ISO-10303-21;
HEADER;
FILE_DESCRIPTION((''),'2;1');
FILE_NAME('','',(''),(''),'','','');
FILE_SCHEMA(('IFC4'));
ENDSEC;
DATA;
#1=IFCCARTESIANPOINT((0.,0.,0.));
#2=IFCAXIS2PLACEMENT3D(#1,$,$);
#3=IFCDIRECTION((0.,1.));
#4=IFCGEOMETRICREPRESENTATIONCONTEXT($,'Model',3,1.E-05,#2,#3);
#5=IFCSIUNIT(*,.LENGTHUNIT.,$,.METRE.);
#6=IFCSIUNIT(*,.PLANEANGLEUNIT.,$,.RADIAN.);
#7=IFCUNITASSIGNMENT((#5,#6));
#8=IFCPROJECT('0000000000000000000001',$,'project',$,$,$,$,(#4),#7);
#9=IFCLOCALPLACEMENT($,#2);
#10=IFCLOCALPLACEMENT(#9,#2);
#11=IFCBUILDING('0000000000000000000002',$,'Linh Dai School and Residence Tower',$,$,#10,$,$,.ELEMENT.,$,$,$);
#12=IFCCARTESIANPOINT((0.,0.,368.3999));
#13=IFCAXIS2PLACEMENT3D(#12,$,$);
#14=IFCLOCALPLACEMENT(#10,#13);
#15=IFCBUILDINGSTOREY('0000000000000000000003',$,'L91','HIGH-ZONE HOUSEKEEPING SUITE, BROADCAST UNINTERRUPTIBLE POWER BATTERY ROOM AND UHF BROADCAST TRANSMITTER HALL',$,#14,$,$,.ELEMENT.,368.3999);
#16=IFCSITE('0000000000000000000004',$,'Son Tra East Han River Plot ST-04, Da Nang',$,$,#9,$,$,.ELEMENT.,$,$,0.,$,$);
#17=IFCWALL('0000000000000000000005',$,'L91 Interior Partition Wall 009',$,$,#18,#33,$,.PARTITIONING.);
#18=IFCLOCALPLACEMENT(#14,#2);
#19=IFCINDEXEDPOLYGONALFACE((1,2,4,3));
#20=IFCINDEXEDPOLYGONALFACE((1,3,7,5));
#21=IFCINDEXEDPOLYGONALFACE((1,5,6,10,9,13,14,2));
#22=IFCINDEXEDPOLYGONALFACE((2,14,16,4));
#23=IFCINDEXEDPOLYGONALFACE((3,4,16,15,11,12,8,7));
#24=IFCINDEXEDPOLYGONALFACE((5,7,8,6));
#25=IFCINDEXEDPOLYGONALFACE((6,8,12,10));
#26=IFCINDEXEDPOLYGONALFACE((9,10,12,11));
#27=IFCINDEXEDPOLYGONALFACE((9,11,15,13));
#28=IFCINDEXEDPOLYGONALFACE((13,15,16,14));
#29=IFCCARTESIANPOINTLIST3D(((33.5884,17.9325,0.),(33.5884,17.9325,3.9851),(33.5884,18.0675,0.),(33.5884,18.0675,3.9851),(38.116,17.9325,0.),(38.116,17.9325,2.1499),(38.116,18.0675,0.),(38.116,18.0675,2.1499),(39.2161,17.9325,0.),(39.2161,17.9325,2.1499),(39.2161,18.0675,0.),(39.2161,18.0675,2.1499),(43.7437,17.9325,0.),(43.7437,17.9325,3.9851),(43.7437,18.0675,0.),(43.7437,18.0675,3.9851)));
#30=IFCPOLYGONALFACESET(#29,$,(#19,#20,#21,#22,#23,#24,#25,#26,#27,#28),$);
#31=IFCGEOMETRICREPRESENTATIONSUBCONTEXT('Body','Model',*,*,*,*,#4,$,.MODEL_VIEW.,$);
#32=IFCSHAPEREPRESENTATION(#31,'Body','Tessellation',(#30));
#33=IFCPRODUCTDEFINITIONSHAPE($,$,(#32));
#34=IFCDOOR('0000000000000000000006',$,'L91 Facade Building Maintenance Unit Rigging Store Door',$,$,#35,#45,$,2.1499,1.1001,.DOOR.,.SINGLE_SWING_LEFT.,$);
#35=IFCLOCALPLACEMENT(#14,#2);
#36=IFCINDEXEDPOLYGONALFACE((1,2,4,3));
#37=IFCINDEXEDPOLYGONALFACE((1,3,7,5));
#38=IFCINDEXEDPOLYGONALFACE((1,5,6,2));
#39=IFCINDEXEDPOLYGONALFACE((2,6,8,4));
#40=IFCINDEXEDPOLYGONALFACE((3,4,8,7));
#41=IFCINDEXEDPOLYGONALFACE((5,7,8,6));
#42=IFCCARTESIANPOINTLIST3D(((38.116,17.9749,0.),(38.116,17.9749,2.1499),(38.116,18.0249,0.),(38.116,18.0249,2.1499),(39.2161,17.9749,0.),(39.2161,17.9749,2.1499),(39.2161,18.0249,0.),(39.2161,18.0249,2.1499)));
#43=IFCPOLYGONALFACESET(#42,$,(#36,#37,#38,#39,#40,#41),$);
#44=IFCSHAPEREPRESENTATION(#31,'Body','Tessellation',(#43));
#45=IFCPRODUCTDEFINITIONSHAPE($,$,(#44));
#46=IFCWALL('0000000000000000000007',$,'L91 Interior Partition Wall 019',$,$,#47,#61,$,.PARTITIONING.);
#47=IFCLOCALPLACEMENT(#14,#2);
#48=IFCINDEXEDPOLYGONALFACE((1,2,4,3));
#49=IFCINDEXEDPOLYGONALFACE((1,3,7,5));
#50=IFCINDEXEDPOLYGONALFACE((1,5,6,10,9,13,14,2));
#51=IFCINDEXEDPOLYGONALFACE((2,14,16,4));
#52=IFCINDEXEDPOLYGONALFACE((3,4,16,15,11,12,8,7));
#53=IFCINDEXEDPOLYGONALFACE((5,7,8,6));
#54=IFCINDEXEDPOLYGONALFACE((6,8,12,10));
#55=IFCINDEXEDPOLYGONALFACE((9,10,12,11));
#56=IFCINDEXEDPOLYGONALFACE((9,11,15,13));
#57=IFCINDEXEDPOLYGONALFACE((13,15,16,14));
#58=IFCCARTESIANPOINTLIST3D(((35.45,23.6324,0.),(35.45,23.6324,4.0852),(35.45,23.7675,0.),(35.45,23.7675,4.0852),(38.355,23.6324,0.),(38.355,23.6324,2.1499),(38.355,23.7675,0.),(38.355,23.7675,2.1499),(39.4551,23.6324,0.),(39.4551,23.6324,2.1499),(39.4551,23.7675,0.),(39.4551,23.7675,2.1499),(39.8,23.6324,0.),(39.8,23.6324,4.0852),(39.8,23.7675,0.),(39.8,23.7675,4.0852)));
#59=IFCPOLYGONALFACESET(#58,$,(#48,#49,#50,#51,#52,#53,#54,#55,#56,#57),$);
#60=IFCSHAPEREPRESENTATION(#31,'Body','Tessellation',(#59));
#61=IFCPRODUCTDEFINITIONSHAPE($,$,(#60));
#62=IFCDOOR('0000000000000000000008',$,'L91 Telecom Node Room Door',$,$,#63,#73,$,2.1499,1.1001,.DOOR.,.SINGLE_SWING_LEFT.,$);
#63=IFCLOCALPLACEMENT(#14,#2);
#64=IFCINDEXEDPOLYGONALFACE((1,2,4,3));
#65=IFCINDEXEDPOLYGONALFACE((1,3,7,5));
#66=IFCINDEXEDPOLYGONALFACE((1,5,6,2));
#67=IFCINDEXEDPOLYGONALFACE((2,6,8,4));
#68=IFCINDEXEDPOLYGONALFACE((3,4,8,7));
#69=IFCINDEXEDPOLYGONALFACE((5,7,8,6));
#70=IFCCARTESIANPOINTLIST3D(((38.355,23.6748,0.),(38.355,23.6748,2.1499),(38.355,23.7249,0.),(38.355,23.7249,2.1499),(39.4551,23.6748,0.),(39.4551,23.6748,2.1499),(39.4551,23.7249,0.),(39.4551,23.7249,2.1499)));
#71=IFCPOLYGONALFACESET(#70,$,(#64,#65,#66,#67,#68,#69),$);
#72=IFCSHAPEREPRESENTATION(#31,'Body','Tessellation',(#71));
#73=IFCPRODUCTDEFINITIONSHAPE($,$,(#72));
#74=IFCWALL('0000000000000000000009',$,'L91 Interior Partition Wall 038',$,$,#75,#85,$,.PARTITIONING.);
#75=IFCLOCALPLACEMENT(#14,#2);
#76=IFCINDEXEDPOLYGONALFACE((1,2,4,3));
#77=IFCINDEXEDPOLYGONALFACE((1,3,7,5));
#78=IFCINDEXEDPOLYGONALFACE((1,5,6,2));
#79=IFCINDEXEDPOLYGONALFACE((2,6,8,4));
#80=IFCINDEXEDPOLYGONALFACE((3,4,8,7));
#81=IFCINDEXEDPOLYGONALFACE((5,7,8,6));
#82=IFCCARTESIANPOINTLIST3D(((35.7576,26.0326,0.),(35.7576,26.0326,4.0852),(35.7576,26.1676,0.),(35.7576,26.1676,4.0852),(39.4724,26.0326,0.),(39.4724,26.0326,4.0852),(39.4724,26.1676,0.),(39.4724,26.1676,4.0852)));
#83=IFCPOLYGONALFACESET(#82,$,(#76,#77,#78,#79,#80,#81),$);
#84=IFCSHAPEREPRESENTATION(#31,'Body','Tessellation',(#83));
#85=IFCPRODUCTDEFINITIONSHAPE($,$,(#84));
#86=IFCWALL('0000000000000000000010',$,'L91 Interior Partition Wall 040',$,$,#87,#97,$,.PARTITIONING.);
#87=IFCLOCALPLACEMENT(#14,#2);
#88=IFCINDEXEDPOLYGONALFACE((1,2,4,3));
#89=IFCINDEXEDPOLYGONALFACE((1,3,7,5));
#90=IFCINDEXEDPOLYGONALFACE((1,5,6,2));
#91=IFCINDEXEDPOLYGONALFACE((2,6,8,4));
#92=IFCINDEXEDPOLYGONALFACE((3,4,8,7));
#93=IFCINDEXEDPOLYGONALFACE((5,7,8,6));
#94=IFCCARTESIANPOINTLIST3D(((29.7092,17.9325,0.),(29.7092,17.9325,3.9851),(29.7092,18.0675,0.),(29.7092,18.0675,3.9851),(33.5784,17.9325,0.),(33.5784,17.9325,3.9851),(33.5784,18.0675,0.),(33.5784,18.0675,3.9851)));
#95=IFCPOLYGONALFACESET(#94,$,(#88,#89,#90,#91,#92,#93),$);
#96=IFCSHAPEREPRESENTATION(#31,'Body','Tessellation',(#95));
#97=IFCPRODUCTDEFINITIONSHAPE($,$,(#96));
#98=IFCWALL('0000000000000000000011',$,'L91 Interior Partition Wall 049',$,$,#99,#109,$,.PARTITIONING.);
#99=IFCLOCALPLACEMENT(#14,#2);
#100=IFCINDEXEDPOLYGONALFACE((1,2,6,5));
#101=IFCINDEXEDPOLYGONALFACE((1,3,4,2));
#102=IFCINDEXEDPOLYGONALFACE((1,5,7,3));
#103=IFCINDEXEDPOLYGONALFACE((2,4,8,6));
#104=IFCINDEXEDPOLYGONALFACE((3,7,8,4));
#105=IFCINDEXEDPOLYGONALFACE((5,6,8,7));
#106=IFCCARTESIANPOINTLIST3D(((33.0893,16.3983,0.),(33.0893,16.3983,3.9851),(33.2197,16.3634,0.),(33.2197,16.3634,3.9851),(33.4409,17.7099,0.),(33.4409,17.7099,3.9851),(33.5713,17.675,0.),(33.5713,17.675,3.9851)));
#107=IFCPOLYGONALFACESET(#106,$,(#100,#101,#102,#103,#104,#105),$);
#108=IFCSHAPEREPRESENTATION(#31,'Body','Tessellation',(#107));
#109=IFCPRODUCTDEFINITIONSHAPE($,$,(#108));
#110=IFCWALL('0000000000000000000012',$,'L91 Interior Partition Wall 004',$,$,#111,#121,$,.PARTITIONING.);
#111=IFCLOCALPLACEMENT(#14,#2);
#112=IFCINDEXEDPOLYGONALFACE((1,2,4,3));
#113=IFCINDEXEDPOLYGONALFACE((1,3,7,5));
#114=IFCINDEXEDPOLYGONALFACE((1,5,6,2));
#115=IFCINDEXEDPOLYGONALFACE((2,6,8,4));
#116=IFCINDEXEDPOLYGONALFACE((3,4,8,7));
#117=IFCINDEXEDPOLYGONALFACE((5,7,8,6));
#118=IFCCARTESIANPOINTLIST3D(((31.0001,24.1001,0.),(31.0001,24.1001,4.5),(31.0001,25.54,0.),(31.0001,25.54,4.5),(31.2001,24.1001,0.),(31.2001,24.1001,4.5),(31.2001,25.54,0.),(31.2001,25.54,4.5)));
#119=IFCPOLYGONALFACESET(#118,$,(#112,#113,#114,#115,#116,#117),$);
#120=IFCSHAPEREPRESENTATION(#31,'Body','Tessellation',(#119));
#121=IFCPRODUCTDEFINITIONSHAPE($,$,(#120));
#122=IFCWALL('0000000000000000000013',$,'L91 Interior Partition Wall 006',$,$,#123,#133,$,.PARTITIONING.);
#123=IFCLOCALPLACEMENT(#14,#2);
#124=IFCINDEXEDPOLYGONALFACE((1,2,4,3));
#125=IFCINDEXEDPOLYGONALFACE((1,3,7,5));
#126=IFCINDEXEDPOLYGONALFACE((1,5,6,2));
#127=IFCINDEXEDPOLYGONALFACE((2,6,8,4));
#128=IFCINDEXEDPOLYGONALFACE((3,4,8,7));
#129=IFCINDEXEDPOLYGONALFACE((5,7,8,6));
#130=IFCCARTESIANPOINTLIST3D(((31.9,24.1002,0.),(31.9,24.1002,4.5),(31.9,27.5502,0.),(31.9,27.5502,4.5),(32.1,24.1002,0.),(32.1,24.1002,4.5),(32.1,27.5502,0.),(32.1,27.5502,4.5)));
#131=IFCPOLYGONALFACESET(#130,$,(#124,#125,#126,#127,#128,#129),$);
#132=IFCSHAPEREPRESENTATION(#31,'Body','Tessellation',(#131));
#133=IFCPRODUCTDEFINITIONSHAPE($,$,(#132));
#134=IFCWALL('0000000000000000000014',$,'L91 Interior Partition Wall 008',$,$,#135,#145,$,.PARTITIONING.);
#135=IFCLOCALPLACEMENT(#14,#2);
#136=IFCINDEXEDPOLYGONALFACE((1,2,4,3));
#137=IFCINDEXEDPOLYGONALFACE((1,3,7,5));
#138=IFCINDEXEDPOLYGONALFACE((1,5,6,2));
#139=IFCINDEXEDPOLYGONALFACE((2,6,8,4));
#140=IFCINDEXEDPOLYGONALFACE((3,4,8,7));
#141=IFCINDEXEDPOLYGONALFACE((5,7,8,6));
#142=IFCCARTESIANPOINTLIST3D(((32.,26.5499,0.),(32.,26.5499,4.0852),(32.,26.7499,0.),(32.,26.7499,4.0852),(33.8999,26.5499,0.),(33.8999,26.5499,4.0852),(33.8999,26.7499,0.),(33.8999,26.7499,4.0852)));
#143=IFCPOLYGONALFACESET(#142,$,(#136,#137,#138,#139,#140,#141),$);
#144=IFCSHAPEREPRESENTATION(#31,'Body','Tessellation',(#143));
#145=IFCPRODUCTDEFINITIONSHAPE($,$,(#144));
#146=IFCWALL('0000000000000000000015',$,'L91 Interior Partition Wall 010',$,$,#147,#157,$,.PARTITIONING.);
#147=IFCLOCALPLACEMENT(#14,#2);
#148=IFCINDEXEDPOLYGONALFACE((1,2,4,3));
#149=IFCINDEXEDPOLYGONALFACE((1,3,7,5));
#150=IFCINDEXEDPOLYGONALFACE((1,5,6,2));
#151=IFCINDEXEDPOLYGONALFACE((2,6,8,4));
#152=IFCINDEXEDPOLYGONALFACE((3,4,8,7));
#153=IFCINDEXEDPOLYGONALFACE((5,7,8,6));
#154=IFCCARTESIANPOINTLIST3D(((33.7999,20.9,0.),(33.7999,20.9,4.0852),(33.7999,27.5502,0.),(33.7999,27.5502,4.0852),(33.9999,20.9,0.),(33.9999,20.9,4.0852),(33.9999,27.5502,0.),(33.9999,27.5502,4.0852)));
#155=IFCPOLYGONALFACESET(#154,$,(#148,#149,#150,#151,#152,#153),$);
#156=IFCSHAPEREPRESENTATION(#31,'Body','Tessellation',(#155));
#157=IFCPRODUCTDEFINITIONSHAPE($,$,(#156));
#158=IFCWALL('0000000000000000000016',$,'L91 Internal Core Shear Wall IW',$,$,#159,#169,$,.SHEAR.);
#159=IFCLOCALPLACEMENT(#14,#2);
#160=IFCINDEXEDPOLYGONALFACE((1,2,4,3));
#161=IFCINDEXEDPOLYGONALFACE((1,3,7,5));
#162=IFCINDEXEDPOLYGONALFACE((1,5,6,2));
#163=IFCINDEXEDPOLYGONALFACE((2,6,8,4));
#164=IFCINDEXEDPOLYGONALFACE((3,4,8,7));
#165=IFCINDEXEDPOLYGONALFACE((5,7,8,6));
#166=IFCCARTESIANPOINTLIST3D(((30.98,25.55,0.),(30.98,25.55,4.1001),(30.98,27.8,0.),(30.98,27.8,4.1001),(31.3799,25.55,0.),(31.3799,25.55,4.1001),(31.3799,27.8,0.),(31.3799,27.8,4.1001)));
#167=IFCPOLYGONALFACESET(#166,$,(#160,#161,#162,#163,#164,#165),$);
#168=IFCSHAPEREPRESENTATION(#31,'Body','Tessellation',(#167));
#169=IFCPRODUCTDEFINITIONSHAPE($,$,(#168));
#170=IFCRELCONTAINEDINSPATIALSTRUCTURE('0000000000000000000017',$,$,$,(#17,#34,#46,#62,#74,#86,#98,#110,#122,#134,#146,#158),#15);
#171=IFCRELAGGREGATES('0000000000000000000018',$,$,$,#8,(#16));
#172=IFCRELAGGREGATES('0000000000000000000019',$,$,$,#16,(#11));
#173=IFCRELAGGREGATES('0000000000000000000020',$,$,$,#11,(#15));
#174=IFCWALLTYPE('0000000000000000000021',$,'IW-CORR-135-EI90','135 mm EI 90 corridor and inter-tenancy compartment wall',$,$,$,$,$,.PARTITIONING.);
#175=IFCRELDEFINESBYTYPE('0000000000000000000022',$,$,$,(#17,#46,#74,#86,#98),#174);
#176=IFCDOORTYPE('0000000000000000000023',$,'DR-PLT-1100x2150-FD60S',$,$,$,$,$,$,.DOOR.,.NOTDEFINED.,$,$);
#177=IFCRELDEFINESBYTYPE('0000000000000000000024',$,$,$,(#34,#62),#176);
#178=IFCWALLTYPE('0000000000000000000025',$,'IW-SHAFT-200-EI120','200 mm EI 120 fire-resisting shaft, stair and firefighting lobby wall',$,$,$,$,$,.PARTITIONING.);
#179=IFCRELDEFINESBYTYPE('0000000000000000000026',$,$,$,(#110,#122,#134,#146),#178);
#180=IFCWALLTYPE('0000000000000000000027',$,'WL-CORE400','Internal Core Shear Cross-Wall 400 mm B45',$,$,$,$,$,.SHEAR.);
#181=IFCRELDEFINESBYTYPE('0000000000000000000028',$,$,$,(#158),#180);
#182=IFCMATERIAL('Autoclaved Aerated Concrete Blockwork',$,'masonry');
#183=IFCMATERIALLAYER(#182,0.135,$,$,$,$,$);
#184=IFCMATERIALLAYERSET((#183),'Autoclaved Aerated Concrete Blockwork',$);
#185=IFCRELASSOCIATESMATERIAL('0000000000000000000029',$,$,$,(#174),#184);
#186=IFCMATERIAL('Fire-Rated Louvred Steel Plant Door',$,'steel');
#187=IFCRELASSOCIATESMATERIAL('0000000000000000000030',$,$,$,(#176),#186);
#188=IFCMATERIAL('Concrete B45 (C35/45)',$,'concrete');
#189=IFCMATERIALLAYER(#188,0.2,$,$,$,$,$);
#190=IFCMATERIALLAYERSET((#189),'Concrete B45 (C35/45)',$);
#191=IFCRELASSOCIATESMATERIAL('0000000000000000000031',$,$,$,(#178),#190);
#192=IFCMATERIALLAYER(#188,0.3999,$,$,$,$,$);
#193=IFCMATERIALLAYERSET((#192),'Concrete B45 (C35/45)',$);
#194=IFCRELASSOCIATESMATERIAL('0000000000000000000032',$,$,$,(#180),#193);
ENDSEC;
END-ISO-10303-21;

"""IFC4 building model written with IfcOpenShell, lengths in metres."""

from ifc_helpers import new_model, si_unit, direction, frame, frame_2d, origin, origin_2d, place, context, subcontext, project, spatial, rectangle, extrude, source, transform, mapped, material, layer, layer_set, type_object, element, fill, save


model = new_model("IFC4")

# Units and contexts
model_context = context("Model", 3, precision=1e-05, world=origin(), true_north=direction((0.0, 1.0)))
body_context = subcontext(model_context, "Body", "Model", "MODEL_VIEW")
ifc_project = project(units=[si_unit("LENGTHUNIT", "METRE"), si_unit("PLANEANGLEUNIT", "RADIAN")], contexts=[model_context])

# Site, building, storey
site_placement = place(None, origin())
site = spatial("IfcSite", under=ifc_project, at=site_placement, Name="Son Tra East Han River Plot ST-04, Da Nang", CompositionType="ELEMENT", RefElevation=0.0)
building_placement = place(site_placement, origin())
building = spatial("IfcBuilding", under=site, at=building_placement, Name="Linh Dai School and Residence Tower", CompositionType="ELEMENT")
storey_placement = place(building_placement, frame((0.0, 0.0, 368.3999)))
storey = spatial("IfcBuildingStorey", under=building, at=storey_placement, Name="L91", Description="HIGH-ZONE HOUSEKEEPING SUITE, BROADCAST UNINTERRUPTIBLE POWER BATTERY ROOM AND UHF BROADCAST TRANSMITTER HALL", CompositionType="ELEMENT", Elevation=368.3999)

# Shared definitions
ifc_material_1 = material(Name="Concrete B45 (C35/45)", Category="concrete")

# Walls, openings, doors
ifc_material_2 = material(Name="Autoclaved Aerated Concrete Blockwork", Category="masonry")
ifc_layer_1 = layer(ifc_material_2, 0.135)
ifc_layer_set_1 = layer_set([ifc_layer_1], Name="Autoclaved Aerated Concrete Blockwork")
wall_type_1 = type_object("IfcWallType", Name="IW-CORR-135-EI90", Description="135 mm EI 90 corridor and inter-tenancy compartment wall", PredefinedType="PARTITIONING", material=ifc_layer_set_1)
wall_1_placement = place(storey_placement, frame((33.5884, 18.0, 0.0), z_axis=(0.0, 0.0, 1.0), x_axis=(1.0, 0.0, 0.0)))
wall_1 = element("IfcWall", 1, at=wall_1_placement, inside=storey, type_object=wall_type_1, Name="L91 Interior Partition Wall 009", PredefinedType="PARTITIONING", context=body_context, shape_type="SweptSolid", body=[
    extrude(rectangle(XDim=10.1553, YDim=0.135, at=frame_2d((5.0776, 0.0))), origin(), (0.0, 0.0, 1.0), 3.9851),
])
opening_1_placement = place(wall_1_placement, frame((4.5276, 0.0, 0.0)))
opening_1 = element("IfcOpeningElement", 2, at=opening_1_placement, cuts=wall_1, PredefinedType="OPENING", context=body_context, shape_type="SweptSolid", body=[
    extrude(rectangle(XDim=1.1001, YDim=2.1499, at=origin_2d()), frame((0.55, 0.0776, 1.075), z_axis=(0.0, -1.0, 0.0), x_axis=(1.0, 0.0, 0.0)), (0.0, 0.0, 1.0), 0.155),
])
ifc_material_3 = material(Name="Fire-Rated Louvred Steel Plant Door", Category="steel")
door_type_1 = type_object("IfcDoorType", Name="DR-PLT-1100x2150-FD60S", OperationType="NOTDEFINED", PredefinedType="DOOR", material=ifc_material_3)
shared_shape_1 = source(origin(), body_context, "Body", "SweptSolid", [
    extrude(rectangle(XDim=1.1001, YDim=2.1499, at=origin_2d()), frame((0.55, 0.0249, 1.075), z_axis=(0.0, -1.0, 0.0), x_axis=(1.0, 0.0, 0.0)), (0.0, 0.0, 1.0), 0.05),
])
door_1_placement = place(opening_1_placement, origin())
door_1 = element("IfcDoor", 3, at=door_1_placement, inside=storey, type_object=door_type_1, Name="L91 Facade Building Maintenance Unit Rigging Store Door", OperationType="SINGLE_SWING_LEFT", OverallHeight=2.1499, OverallWidth=1.1001, PredefinedType="DOOR", context=body_context, shape_type="MappedRepresentation", body=[
    mapped(shared_shape_1, transform((0.0, 0.0, 0.0), x_axis=(1.0, 0.0, 0.0), y_axis=(0.0, 1.0, 0.0), z_axis=(0.0, 0.0, 1.0), scale=1.0)),
])
fill(opening_1, door_1)
wall_2_placement = place(storey_placement, frame((35.45, 23.7, 0.0), z_axis=(0.0, 0.0, 1.0), x_axis=(1.0, 0.0, 0.0)))
wall_2 = element("IfcWall", 4, at=wall_2_placement, inside=storey, type_object=wall_type_1, Name="L91 Interior Partition Wall 019", PredefinedType="PARTITIONING", context=body_context, shape_type="SweptSolid", body=[
    extrude(rectangle(XDim=4.3501, YDim=0.135, at=frame_2d((2.175, 0.0))), origin(), (0.0, 0.0, 1.0), 4.0852),
])
opening_2_placement = place(wall_2_placement, frame((2.905, 0.0, 0.0)))
opening_2 = element("IfcOpeningElement", 5, at=opening_2_placement, cuts=wall_2, PredefinedType="OPENING", context=body_context, shape_type="SweptSolid", body=[
    extrude(rectangle(XDim=1.1001, YDim=2.1499, at=origin_2d()), frame((0.55, 0.0776, 1.075), z_axis=(0.0, -1.0, 0.0), x_axis=(1.0, 0.0, 0.0)), (0.0, 0.0, 1.0), 0.155),
])
door_2_placement = place(opening_2_placement, origin())
door_2 = element("IfcDoor", 6, at=door_2_placement, inside=storey, type_object=door_type_1, Name="L91 Telecom Node Room Door", OperationType="SINGLE_SWING_LEFT", OverallHeight=2.1499, OverallWidth=1.1001, PredefinedType="DOOR", context=body_context, shape_type="MappedRepresentation", body=[
    mapped(shared_shape_1, transform((0.0, 0.0, 0.0), x_axis=(1.0, 0.0, 0.0), y_axis=(0.0, 1.0, 0.0), z_axis=(0.0, 0.0, 1.0), scale=1.0)),
])
fill(opening_2, door_2)

# Walls
wall_3_placement = place(storey_placement, frame((35.7576, 26.1001, 0.0), z_axis=(0.0, 0.0, 1.0), x_axis=(1.0, 0.0, 0.0)))
element("IfcWall", 7, at=wall_3_placement, inside=storey, type_object=wall_type_1, Name="L91 Interior Partition Wall 038", PredefinedType="PARTITIONING", context=body_context, shape_type="SweptSolid", body=[
    extrude(rectangle(XDim=3.7148, YDim=0.135, at=frame_2d((1.8574, 0.0))), origin(), (0.0, 0.0, 1.0), 4.0852),
])
wall_4_placement = place(storey_placement, frame((33.5784, 18.0, 0.0), z_axis=(0.0, 0.0, 1.0), x_axis=(-1.0, 0.0, 0.0)))
element("IfcWall", 8, at=wall_4_placement, inside=storey, type_object=wall_type_1, Name="L91 Interior Partition Wall 040", PredefinedType="PARTITIONING", context=body_context, shape_type="SweptSolid", body=[
    extrude(rectangle(XDim=3.8691, YDim=0.135, at=frame_2d((1.9346, 0.0))), origin(), (0.0, 0.0, 1.0), 3.9851),
])
wall_5_placement = place(storey_placement, frame((33.1545, 16.3809, 0.0), z_axis=(0.0, 0.0, 1.0), x_axis=(0.258916, 0.9659, 0.0)))
element("IfcWall", 9, at=wall_5_placement, inside=storey, type_object=wall_type_1, Name="L91 Interior Partition Wall 049", PredefinedType="PARTITIONING", context=body_context, shape_type="SweptSolid", body=[
    extrude(rectangle(XDim=1.3579, YDim=0.135, at=frame_2d((0.679, 0.0))), origin(), (0.0, 0.0, 1.0), 3.9851),
])
ifc_layer_2 = layer(ifc_material_1, 0.2)
ifc_layer_set_2 = layer_set([ifc_layer_2], Name="Concrete B45 (C35/45)")
wall_type_2 = type_object("IfcWallType", Name="IW-SHAFT-200-EI120", Description="200 mm EI 120 fire-resisting shaft, stair and firefighting lobby wall", PredefinedType="PARTITIONING", material=ifc_layer_set_2)
wall_6_placement = place(storey_placement, frame((31.1001, 24.1001, 0.0), z_axis=(0.0, 0.0, 1.0), x_axis=(0.0, 1.0, 0.0)))
element("IfcWall", 10, at=wall_6_placement, inside=storey, type_object=wall_type_2, Name="L91 Interior Partition Wall 004", PredefinedType="PARTITIONING", context=body_context, shape_type="SweptSolid", body=[
    extrude(rectangle(XDim=1.4399, YDim=0.2, at=frame_2d((0.72, 0.0))), origin(), (0.0, 0.0, 1.0), 4.5),
])
wall_7_placement = place(storey_placement, frame((32.0, 24.1001, 0.0), z_axis=(0.0, 0.0, 1.0), x_axis=(0.0, 1.0, 0.0)))
element("IfcWall", 11, at=wall_7_placement, inside=storey, type_object=wall_type_2, Name="L91 Interior Partition Wall 006", PredefinedType="PARTITIONING", context=body_context, shape_type="SweptSolid", body=[
    extrude(rectangle(XDim=3.45, YDim=0.2, at=frame_2d((1.7251, 0.0))), origin(), (0.0, 0.0, 1.0), 4.5),
])

# Walls
wall_8_placement = place(storey_placement, frame((32.0, 26.6499, 0.0), z_axis=(0.0, 0.0, 1.0), x_axis=(1.0, 0.0, 0.0)))
element("IfcWall", 12, at=wall_8_placement, inside=storey, type_object=wall_type_2, Name="L91 Interior Partition Wall 008", PredefinedType="PARTITIONING", context=body_context, shape_type="SweptSolid", body=[
    extrude(rectangle(XDim=1.8999, YDim=0.2, at=frame_2d((0.95, 0.0))), origin(), (0.0, 0.0, 1.0), 4.0852),
])
wall_9_placement = place(storey_placement, frame((33.8999, 20.8999, 0.0), z_axis=(0.0, 0.0, 1.0), x_axis=(0.0, 1.0, 0.0)))
element("IfcWall", 13, at=wall_9_placement, inside=storey, type_object=wall_type_2, Name="L91 Interior Partition Wall 010", PredefinedType="PARTITIONING", context=body_context, shape_type="SweptSolid", body=[
    extrude(rectangle(XDim=6.6501, YDim=0.2, at=frame_2d((3.3252, 0.0))), origin(), (0.0, 0.0, 1.0), 4.0852),
])
ifc_layer_3 = layer(ifc_material_1, 0.3999)
ifc_layer_set_3 = layer_set([ifc_layer_3], Name="Concrete B45 (C35/45)")
wall_type_3 = type_object("IfcWallType", Name="WL-CORE400", Description="Internal Core Shear Cross-Wall 400 mm B45", PredefinedType="SHEAR", material=ifc_layer_set_3)
wall_10_placement = place(storey_placement, frame((31.1799, 25.55, 0.0), z_axis=(0.0, 0.0, 1.0), x_axis=(0.0, 1.0, 0.0)))
element("IfcWall", 14, at=wall_10_placement, inside=storey, type_object=wall_type_3, Name="L91 Internal Core Shear Wall IW", PredefinedType="SHEAR", context=body_context, shape_type="SweptSolid", body=[
    extrude(rectangle(XDim=2.25, YDim=0.3999, at=frame_2d((1.125, 0.0))), origin(), (0.0, 0.0, 1.0), 4.1001),
])

save(model, "model.ifc")
